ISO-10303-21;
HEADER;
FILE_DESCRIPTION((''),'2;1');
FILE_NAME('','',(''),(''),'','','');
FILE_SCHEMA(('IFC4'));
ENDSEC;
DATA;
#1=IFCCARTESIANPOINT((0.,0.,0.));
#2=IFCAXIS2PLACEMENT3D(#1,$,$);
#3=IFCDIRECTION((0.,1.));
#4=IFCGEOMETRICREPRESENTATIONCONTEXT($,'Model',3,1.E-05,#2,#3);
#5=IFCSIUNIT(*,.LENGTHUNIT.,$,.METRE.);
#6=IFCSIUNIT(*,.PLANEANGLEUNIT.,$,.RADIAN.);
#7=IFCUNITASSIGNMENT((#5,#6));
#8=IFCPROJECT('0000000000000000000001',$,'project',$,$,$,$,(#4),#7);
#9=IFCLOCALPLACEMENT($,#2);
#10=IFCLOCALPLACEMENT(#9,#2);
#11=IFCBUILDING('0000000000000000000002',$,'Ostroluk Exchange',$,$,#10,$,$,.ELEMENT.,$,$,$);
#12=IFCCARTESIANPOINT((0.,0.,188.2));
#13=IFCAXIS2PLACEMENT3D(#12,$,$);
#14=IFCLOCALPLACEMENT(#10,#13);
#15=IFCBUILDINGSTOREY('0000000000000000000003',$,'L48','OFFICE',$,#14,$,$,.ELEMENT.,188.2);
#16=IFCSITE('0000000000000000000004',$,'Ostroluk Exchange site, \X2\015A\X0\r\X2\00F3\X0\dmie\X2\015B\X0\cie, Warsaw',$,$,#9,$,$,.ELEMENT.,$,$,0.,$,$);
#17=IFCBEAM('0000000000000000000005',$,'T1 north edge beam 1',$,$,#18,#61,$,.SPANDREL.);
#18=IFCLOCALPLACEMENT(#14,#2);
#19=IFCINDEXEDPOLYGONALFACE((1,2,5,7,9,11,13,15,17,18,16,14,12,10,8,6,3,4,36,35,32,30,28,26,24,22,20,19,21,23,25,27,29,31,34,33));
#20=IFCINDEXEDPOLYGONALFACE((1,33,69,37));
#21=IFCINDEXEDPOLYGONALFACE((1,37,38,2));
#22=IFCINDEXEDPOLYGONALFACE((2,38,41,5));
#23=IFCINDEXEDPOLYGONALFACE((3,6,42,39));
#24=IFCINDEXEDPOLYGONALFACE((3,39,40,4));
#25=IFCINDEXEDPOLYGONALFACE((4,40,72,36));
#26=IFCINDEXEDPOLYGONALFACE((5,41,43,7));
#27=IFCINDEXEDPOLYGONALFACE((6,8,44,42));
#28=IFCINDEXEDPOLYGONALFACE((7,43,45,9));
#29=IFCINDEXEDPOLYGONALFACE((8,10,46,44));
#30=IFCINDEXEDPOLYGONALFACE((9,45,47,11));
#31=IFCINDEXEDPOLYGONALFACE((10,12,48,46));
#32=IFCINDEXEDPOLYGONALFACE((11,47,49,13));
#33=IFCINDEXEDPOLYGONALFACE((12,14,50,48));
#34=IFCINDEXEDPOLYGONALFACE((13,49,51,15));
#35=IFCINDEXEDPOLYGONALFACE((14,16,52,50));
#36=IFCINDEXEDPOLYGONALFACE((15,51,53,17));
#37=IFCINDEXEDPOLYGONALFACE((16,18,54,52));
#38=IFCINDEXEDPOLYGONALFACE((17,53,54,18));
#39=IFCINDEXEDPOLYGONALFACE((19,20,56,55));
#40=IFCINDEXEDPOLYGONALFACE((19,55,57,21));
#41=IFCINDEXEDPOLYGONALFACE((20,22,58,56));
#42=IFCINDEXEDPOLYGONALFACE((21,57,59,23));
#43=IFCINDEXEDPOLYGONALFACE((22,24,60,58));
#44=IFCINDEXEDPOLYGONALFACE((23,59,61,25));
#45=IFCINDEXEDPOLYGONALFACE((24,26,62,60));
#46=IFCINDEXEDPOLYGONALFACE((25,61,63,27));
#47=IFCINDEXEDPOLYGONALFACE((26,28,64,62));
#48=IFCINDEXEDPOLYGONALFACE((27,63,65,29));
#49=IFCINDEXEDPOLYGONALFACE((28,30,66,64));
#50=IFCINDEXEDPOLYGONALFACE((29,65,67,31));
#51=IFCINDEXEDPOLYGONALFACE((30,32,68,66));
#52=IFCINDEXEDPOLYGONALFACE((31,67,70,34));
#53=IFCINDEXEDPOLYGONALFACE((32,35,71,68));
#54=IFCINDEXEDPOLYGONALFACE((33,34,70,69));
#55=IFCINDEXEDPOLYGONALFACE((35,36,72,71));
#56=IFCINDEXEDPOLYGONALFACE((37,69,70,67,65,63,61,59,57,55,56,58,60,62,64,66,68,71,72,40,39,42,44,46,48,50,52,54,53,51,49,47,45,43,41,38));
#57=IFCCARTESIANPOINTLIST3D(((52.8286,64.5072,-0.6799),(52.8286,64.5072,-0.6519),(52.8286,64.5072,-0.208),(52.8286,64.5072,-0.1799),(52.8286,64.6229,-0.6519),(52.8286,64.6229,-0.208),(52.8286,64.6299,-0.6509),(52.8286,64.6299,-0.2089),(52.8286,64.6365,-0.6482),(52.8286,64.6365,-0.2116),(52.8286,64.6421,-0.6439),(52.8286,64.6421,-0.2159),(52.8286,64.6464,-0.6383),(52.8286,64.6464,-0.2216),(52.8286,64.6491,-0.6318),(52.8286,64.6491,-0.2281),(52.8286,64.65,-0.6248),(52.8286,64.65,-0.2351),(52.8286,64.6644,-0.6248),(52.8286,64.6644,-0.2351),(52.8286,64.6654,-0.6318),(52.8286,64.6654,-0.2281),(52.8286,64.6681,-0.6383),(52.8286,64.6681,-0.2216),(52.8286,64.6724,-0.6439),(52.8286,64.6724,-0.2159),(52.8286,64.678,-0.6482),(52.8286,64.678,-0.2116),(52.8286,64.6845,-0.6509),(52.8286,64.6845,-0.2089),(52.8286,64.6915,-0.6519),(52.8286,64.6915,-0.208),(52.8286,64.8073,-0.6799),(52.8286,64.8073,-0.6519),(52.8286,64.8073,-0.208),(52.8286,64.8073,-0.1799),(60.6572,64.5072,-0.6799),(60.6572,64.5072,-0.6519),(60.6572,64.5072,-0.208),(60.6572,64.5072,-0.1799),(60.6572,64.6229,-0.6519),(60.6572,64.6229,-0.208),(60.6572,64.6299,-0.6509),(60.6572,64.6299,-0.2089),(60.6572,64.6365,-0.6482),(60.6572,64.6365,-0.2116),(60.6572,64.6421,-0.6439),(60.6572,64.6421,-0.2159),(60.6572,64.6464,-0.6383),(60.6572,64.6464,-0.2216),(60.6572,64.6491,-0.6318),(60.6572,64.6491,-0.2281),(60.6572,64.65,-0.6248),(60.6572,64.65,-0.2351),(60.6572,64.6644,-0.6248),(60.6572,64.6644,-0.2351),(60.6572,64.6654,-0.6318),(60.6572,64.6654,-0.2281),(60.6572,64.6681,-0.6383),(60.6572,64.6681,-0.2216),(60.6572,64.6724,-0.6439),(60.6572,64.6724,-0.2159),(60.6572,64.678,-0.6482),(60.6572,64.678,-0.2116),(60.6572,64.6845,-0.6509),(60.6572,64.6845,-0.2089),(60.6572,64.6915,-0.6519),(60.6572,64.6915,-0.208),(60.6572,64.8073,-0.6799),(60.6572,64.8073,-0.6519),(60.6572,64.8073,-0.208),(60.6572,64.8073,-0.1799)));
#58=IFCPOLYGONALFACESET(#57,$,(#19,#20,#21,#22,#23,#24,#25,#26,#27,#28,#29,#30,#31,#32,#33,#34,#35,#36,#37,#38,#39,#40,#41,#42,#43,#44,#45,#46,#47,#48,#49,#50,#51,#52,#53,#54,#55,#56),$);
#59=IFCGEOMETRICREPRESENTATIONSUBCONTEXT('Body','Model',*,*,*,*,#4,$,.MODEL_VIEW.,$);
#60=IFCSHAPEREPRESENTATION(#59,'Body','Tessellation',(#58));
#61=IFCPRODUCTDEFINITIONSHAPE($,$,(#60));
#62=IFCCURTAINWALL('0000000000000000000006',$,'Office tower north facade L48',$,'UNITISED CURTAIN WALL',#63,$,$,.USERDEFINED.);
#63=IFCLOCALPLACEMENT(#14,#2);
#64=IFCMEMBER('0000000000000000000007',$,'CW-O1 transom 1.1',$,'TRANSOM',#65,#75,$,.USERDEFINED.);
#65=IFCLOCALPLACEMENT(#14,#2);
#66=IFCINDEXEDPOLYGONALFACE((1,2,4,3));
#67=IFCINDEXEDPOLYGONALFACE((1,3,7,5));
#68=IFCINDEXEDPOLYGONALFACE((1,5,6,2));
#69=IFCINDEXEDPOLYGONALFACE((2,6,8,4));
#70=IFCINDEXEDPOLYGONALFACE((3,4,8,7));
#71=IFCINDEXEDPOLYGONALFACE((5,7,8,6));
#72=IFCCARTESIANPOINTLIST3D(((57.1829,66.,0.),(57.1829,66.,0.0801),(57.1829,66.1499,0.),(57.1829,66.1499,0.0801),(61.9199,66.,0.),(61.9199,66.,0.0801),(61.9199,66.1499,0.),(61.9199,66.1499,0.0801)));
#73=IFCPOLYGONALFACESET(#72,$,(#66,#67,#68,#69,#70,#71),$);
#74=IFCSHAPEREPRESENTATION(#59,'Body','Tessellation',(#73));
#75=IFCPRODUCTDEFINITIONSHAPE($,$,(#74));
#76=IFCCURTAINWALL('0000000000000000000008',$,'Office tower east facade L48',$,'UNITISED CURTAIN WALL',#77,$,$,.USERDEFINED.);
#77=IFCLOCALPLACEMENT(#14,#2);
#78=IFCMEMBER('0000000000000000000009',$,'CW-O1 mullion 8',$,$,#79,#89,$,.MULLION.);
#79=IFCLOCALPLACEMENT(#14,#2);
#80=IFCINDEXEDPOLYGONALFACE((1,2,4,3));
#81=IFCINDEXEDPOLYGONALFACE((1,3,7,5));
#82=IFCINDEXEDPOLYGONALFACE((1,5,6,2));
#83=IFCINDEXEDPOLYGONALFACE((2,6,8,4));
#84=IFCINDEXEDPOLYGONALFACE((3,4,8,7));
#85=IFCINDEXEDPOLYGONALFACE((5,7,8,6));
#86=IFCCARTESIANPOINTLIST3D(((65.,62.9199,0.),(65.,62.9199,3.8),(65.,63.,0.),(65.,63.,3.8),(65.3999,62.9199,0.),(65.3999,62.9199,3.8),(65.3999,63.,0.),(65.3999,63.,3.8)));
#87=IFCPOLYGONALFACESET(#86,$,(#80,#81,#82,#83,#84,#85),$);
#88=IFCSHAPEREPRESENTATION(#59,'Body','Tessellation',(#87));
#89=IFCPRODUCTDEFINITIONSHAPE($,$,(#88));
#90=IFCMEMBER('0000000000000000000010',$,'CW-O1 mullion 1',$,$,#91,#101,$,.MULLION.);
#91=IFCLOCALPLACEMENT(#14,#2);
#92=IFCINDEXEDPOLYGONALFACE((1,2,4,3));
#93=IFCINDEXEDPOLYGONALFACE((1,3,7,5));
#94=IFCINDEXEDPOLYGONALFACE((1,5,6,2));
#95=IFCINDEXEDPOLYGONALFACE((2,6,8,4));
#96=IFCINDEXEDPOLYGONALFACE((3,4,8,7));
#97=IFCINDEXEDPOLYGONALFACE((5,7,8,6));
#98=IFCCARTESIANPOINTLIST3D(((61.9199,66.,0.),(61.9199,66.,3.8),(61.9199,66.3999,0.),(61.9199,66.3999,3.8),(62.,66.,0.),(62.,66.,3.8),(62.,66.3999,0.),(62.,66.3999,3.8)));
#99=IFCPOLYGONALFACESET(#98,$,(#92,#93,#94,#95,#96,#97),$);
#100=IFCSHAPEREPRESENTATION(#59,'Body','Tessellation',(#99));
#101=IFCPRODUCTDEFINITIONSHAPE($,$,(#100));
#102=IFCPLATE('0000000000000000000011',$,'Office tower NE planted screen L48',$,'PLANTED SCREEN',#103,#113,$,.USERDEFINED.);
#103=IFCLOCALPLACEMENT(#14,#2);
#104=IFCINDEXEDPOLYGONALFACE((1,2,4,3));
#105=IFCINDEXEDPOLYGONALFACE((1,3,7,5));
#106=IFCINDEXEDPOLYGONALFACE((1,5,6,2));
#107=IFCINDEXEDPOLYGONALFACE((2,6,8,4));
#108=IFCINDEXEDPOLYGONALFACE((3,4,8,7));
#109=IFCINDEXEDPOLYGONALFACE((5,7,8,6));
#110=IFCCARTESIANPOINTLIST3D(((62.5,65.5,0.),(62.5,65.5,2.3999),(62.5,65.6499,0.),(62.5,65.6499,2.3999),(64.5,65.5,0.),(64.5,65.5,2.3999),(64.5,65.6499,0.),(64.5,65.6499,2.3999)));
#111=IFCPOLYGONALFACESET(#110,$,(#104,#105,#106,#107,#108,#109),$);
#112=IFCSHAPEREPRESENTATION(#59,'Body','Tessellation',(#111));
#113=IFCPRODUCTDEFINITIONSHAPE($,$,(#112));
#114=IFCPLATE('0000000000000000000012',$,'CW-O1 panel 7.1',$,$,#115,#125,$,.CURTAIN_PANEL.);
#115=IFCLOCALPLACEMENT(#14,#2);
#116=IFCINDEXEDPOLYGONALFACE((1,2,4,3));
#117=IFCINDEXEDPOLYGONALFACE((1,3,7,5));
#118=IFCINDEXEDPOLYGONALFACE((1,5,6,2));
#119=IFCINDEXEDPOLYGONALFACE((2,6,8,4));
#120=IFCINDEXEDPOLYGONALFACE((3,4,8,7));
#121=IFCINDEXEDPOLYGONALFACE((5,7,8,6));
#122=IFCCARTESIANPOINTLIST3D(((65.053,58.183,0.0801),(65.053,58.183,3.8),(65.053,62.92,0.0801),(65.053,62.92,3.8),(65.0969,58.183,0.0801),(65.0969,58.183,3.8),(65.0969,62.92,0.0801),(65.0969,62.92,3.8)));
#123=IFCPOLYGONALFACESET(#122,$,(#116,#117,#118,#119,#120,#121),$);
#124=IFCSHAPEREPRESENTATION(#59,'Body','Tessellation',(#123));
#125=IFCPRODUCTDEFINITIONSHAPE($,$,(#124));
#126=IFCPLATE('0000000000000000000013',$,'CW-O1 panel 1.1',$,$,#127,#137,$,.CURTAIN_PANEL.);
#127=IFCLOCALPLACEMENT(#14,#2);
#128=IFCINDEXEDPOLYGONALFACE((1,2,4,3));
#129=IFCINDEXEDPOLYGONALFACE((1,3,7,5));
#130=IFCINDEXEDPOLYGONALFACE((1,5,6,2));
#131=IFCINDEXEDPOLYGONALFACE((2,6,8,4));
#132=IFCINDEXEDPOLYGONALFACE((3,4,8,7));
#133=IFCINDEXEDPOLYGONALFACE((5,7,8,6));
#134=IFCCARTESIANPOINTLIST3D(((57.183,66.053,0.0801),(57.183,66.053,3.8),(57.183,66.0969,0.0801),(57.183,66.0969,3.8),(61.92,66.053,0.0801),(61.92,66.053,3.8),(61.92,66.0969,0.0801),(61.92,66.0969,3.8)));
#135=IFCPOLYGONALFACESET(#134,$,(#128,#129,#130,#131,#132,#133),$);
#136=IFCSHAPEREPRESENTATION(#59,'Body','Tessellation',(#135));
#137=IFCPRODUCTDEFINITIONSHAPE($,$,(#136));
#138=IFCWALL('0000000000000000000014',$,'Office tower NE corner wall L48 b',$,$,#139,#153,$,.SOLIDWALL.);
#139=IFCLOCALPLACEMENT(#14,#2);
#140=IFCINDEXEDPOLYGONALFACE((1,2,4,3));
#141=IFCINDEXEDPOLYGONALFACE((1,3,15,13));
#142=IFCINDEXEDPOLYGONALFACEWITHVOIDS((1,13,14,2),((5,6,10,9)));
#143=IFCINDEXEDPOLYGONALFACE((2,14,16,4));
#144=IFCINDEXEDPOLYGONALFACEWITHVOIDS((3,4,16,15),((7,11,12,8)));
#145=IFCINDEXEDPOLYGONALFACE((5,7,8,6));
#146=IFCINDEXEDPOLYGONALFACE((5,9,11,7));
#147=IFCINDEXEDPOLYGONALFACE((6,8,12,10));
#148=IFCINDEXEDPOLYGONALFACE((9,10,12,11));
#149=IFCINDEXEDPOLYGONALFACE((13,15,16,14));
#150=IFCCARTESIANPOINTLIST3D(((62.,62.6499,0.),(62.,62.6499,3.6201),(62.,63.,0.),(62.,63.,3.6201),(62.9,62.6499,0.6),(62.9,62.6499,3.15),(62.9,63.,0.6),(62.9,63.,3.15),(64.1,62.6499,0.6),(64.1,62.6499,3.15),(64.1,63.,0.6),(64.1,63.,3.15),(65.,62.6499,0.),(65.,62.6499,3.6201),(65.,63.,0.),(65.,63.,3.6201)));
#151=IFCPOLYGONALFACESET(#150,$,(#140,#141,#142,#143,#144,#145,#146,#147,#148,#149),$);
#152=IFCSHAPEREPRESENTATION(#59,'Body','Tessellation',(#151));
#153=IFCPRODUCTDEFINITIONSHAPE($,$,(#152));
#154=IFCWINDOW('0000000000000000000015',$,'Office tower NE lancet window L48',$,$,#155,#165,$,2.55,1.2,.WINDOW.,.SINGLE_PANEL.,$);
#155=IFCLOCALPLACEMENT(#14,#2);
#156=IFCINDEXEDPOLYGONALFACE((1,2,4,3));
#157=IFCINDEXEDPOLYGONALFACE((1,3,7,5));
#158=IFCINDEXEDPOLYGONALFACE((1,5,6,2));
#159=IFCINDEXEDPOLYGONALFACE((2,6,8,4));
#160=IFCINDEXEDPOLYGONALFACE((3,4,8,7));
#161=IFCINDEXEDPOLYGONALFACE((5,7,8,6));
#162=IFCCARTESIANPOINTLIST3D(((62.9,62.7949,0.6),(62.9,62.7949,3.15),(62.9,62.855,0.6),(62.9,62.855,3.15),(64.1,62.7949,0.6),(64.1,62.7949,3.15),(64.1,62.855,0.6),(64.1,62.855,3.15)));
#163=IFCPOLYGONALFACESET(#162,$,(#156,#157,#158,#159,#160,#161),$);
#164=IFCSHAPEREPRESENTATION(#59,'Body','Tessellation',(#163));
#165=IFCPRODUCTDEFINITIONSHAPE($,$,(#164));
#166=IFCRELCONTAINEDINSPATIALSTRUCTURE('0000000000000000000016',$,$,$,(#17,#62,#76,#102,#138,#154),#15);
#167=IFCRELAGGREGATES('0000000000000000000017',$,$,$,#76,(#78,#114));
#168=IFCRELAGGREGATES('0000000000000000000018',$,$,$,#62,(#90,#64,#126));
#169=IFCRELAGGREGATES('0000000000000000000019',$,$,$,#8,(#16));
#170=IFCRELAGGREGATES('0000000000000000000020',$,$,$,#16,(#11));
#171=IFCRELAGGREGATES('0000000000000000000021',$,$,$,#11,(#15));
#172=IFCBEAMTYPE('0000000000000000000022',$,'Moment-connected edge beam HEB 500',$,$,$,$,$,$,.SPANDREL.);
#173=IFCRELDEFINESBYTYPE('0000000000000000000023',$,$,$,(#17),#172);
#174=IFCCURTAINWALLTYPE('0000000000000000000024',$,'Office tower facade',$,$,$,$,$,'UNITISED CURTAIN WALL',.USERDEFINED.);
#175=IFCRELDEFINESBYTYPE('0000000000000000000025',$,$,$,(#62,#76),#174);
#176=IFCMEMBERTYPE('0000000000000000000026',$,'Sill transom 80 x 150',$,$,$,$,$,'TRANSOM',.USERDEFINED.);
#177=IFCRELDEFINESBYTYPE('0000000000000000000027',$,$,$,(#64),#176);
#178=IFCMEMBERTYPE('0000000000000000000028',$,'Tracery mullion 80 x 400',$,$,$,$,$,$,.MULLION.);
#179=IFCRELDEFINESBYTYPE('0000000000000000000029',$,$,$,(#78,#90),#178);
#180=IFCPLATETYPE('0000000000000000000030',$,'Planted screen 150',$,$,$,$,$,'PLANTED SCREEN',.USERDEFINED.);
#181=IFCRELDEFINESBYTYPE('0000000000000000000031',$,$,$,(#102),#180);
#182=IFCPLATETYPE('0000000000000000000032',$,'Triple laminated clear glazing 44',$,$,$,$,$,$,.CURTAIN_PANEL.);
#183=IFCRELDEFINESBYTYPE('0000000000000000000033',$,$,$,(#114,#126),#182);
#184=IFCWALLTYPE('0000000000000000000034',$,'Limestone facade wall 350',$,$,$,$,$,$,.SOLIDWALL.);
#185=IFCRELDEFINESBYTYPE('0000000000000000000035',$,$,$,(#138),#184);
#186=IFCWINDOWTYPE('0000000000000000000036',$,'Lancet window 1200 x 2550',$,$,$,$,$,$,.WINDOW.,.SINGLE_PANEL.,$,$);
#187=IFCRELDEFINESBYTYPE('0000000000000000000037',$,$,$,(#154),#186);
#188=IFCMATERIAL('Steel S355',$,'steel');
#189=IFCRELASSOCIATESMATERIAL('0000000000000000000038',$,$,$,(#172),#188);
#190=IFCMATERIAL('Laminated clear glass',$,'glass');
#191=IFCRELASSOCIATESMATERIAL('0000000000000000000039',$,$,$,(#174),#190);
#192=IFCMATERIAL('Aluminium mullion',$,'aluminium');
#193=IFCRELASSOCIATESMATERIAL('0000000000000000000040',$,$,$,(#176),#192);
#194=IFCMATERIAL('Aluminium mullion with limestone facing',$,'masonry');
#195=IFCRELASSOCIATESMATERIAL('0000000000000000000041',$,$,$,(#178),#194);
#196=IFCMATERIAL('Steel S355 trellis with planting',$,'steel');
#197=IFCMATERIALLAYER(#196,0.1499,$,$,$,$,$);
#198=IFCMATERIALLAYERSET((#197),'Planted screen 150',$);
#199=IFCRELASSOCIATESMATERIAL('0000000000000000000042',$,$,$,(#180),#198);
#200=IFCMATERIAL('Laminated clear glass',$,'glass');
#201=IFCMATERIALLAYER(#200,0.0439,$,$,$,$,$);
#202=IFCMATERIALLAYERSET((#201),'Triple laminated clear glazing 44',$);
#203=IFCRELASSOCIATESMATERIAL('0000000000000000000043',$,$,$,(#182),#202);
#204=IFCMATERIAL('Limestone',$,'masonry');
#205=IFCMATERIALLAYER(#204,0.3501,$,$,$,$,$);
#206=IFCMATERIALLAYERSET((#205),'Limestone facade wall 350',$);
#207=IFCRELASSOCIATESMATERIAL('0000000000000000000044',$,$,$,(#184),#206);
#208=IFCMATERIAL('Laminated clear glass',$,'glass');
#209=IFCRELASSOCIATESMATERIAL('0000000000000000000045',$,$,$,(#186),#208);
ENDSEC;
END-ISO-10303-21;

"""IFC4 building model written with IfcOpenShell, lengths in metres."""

from ifc_helpers import new_model, si_unit, direction, frame, frame_2d, origin, origin_2d, place, context, subcontext, project, spatial, rectangle, i_section, extrude, material, layer, layer_set, material_profile, profile_set, type_object, element, fill, aggregate, save


model = new_model("IFC4")

# Units and contexts
model_context = context("Model", 3, precision=1e-05, world=origin(), true_north=direction((0.0, 1.0)))
body_context = subcontext(model_context, "Body", "Model", "MODEL_VIEW")
ifc_project = project(units=[si_unit("LENGTHUNIT", "METRE"), si_unit("PLANEANGLEUNIT", "RADIAN")], contexts=[model_context])

# Site, building, storey
site_placement = place(None, origin())
site = spatial("IfcSite", under=ifc_project, at=site_placement, Name="Ostroluk Exchange site, Śródmieście, Warsaw", CompositionType="ELEMENT", RefElevation=0.0)
building_placement = place(site_placement, origin())
building = spatial("IfcBuilding", under=site, at=building_placement, Name="Ostroluk Exchange", CompositionType="ELEMENT")
storey_placement = place(building_placement, frame((0.0, 0.0, 188.2)))
storey = spatial("IfcBuildingStorey", under=building, at=storey_placement, Name="L48", Description="OFFICE", CompositionType="ELEMENT", Elevation=188.2)

# Beam
ifc_material_1 = material(Name="Steel S355", Category="steel")
ifc_material_profile_1 = material_profile(ifc_material_1, i_section(OverallWidth=0.3, OverallDepth=0.5, WebThickness=0.0144, FlangeThickness=0.0281, FilletRadius=0.0271, at=origin_2d()), Name="HEB 500")
ifc_profile_set_1 = profile_set([ifc_material_profile_1], Name="Steel S355")
beam_type_1 = type_object("IfcBeamType", Name="Moment-connected edge beam HEB 500", PredefinedType="SPANDREL", material=ifc_profile_set_1)
beam_1_placement = place(storey_placement, frame((60.6572, 64.6572, -0.4299), z_axis=(-1.0, 0.0, 0.0), x_axis=(0.0, -1.0, 0.0)))
element("IfcBeam", 1, at=beam_1_placement, inside=storey, type_object=beam_type_1, Name="T1 north edge beam 1", PredefinedType="SPANDREL", context=body_context, shape_type="SweptSolid", body=[
    extrude(i_section(OverallWidth=0.3, OverallDepth=0.5, WebThickness=0.0144, FlangeThickness=0.0281, FilletRadius=0.0271, at=origin_2d()), origin(), (0.0, 0.0, 1.0), 7.8286),
])

# Curtain walls, members
ifc_material_2 = material(Name="Laminated clear glass", Category="glass")
curtain_wall_type = type_object("IfcCurtainWallType", Name="Office tower facade", ElementType="UNITISED CURTAIN WALL", PredefinedType="USERDEFINED", material=ifc_material_2)
curtain_wall_1_placement = place(storey_placement, origin())
curtain_wall_1 = element("IfcCurtainWall", 2, at=curtain_wall_1_placement, inside=storey, type_object=curtain_wall_type, Name="Office tower north facade L48", ObjectType="UNITISED CURTAIN WALL", PredefinedType="USERDEFINED")
ifc_material_3 = material(Name="Aluminium mullion", Category="aluminium")
ifc_material_profile_2 = material_profile(ifc_material_3, rectangle(XDim=0.1499, YDim=0.0801, at=origin_2d()), Name="Sill transom 80 x 150")
ifc_profile_set_2 = profile_set([ifc_material_profile_2], Name="Aluminium mullion")
member_type_1 = type_object("IfcMemberType", Name="Sill transom 80 x 150", ElementType="TRANSOM", PredefinedType="USERDEFINED", material=ifc_profile_set_2)
member_1_placement = place(storey_placement, frame((61.9199, 66.075, 0.04), z_axis=(-1.0, 0.0, 0.0), x_axis=(0.0, -1.0, 0.0)))
member_1 = element("IfcMember", 3, at=member_1_placement, type_object=member_type_1, Name="CW-O1 transom 1.1", ObjectType="TRANSOM", PredefinedType="USERDEFINED", context=body_context, shape_type="SweptSolid", body=[
    extrude(rectangle(XDim=0.1499, YDim=0.0801, at=origin_2d()), origin(), (0.0, 0.0, 1.0), 4.7371),
])
curtain_wall_2_placement = place(storey_placement, origin())
curtain_wall_2 = element("IfcCurtainWall", 4, at=curtain_wall_2_placement, inside=storey, type_object=curtain_wall_type, Name="Office tower east facade L48", ObjectType="UNITISED CURTAIN WALL", PredefinedType="USERDEFINED")
ifc_material_4 = material(Name="Aluminium mullion with limestone facing", Category="masonry")
ifc_material_profile_3 = material_profile(ifc_material_4, rectangle(XDim=0.3999, YDim=0.0801, at=origin_2d()), Name="Tracery mullion 80 x 400")
ifc_profile_set_3 = profile_set([ifc_material_profile_3], Name="Aluminium mullion with limestone facing")
member_type_2 = type_object("IfcMemberType", Name="Tracery mullion 80 x 400", PredefinedType="MULLION", material=ifc_profile_set_3)
member_2_placement = place(storey_placement, frame((65.2, 62.96, 0.0), z_axis=(0.0, 0.0, 1.0), x_axis=(-1.0, 0.0, 0.0)))
member_2 = element("IfcMember", 5, at=member_2_placement, type_object=member_type_2, Name="CW-O1 mullion 8", PredefinedType="MULLION", context=body_context, shape_type="SweptSolid", body=[
    extrude(rectangle(XDim=0.3999, YDim=0.0801, at=origin_2d()), origin(), (0.0, 0.0, 1.0), 3.8),
])

# Member
member_3_placement = place(storey_placement, frame((61.96, 66.2, 0.0), z_axis=(0.0, 0.0, 1.0), x_axis=(0.0, -1.0, 0.0)))
member_3 = element("IfcMember", 6, at=member_3_placement, type_object=member_type_2, Name="CW-O1 mullion 1", PredefinedType="MULLION", context=body_context, shape_type="SweptSolid", body=[
    extrude(rectangle(XDim=0.3999, YDim=0.0801, at=origin_2d()), origin(), (0.0, 0.0, 1.0), 3.8),
])

# Plates
ifc_material_5 = material(Name="Steel S355 trellis with planting", Category="steel")
ifc_layer_1 = layer(ifc_material_5, 0.1499)
ifc_layer_set_1 = layer_set([ifc_layer_1], Name="Planted screen 150")
plate_type_1 = type_object("IfcPlateType", Name="Planted screen 150", ElementType="PLANTED SCREEN", PredefinedType="USERDEFINED", material=ifc_layer_set_1)
plate_1_placement = place(storey_placement, frame((63.5, 65.575, 0.0), z_axis=(0.0, 0.0, 1.0), x_axis=(1.0, 0.0, 0.0)))
element("IfcPlate", 7, at=plate_1_placement, inside=storey, type_object=plate_type_1, Name="Office tower NE planted screen L48", ObjectType="PLANTED SCREEN", PredefinedType="USERDEFINED", context=body_context, shape_type="SweptSolid", body=[
    extrude(rectangle(XDim=2.0, YDim=0.1499, at=origin_2d()), origin(), (0.0, 0.0, 1.0), 2.3999),
])
ifc_material_6 = material(Name="Laminated clear glass", Category="glass")
ifc_layer_2 = layer(ifc_material_6, 0.0439)
ifc_layer_set_2 = layer_set([ifc_layer_2], Name="Triple laminated clear glazing 44")
plate_type_2 = type_object("IfcPlateType", Name="Triple laminated clear glazing 44", PredefinedType="CURTAIN_PANEL", material=ifc_layer_set_2)
plate_2_placement = place(storey_placement, frame((65.075, 60.5515, 0.0801), z_axis=(0.0, 0.0, 1.0), x_axis=(0.0, 1.0, 0.0)))
plate_2 = element("IfcPlate", 8, at=plate_2_placement, type_object=plate_type_2, Name="CW-O1 panel 7.1", PredefinedType="CURTAIN_PANEL", context=body_context, shape_type="SweptSolid", body=[
    extrude(rectangle(XDim=4.7371, YDim=0.0439, at=origin_2d()), origin(), (0.0, 0.0, 1.0), 3.72),
])
aggregate(curtain_wall_2, [member_2, plate_2])
plate_3_placement = place(storey_placement, frame((59.5515, 66.075, 0.0801), z_axis=(0.0, 0.0, 1.0), x_axis=(-1.0, 0.0, 0.0)))
plate_3 = element("IfcPlate", 9, at=plate_3_placement, type_object=plate_type_2, Name="CW-O1 panel 1.1", PredefinedType="CURTAIN_PANEL", context=body_context, shape_type="SweptSolid", body=[
    extrude(rectangle(XDim=4.7371, YDim=0.0439, at=origin_2d()), origin(), (0.0, 0.0, 1.0), 3.72),
])
aggregate(curtain_wall_1, [member_3, member_1, plate_3])

# Shared definitions
ifc_material_7 = material(Name="Limestone", Category="masonry")
ifc_layer_3 = layer(ifc_material_7, 0.3501)
ifc_layer_set_3 = layer_set([ifc_layer_3], Name="Limestone facade wall 350")
wall_type = type_object("IfcWallType", Name="Limestone facade wall 350", PredefinedType="SOLIDWALL", material=ifc_layer_set_3)

# Wall, opening, window
wall_1_placement = place(storey_placement, frame((62.0, 62.825, 0.0), z_axis=(0.0, 0.0, 1.0), x_axis=(1.0, 0.0, 0.0)))
wall_1 = element("IfcWall", 10, at=wall_1_placement, inside=storey, type_object=wall_type, Name="Office tower NE corner wall L48 b", PredefinedType="SOLIDWALL", context=body_context, shape_type="SweptSolid", body=[
    extrude(rectangle(XDim=3.0, YDim=0.3501, at=frame_2d((1.5, 0.0))), origin(), (0.0, 0.0, 1.0), 3.6201),
])
opening_1_placement = place(wall_1_placement, frame((0.8999, 0.0, 0.6001)))
opening_1 = element("IfcOpeningElement", 11, at=opening_1_placement, cuts=wall_1, PredefinedType="OPENING", context=body_context, shape_type="SweptSolid", body=[
    extrude(rectangle(XDim=1.2, YDim=2.55, at=frame_2d((0.6001, 1.2749))), frame((0.0, 0.1851, 0.0), z_axis=(0.0, -1.0, 0.0), x_axis=(1.0, 0.0, 0.0)), (0.0, 0.0, 1.0), 0.3701),
])
ifc_material_8 = material(Name="Laminated clear glass", Category="glass")
window_type = type_object("IfcWindowType", Name="Lancet window 1200 x 2550", PartitioningType="SINGLE_PANEL", PredefinedType="WINDOW", material=ifc_material_8)
window_placement = place(opening_1_placement, origin())
window = element("IfcWindow", 12, at=window_placement, inside=storey, type_object=window_type, Name="Office tower NE lancet window L48", OverallHeight=2.55, OverallWidth=1.2, PartitioningType="SINGLE_PANEL", PredefinedType="WINDOW", context=body_context, shape_type="SweptSolid", body=[
    extrude(rectangle(XDim=1.2, YDim=2.55, at=frame_2d((0.6001, 1.2749))), frame((0.0, 0.03, 0.0), z_axis=(0.0, -1.0, 0.0), x_axis=(1.0, 0.0, 0.0)), (0.0, 0.0, 1.0), 0.0601),
])
fill(opening_1, window)

save(model, "model.ifc")
